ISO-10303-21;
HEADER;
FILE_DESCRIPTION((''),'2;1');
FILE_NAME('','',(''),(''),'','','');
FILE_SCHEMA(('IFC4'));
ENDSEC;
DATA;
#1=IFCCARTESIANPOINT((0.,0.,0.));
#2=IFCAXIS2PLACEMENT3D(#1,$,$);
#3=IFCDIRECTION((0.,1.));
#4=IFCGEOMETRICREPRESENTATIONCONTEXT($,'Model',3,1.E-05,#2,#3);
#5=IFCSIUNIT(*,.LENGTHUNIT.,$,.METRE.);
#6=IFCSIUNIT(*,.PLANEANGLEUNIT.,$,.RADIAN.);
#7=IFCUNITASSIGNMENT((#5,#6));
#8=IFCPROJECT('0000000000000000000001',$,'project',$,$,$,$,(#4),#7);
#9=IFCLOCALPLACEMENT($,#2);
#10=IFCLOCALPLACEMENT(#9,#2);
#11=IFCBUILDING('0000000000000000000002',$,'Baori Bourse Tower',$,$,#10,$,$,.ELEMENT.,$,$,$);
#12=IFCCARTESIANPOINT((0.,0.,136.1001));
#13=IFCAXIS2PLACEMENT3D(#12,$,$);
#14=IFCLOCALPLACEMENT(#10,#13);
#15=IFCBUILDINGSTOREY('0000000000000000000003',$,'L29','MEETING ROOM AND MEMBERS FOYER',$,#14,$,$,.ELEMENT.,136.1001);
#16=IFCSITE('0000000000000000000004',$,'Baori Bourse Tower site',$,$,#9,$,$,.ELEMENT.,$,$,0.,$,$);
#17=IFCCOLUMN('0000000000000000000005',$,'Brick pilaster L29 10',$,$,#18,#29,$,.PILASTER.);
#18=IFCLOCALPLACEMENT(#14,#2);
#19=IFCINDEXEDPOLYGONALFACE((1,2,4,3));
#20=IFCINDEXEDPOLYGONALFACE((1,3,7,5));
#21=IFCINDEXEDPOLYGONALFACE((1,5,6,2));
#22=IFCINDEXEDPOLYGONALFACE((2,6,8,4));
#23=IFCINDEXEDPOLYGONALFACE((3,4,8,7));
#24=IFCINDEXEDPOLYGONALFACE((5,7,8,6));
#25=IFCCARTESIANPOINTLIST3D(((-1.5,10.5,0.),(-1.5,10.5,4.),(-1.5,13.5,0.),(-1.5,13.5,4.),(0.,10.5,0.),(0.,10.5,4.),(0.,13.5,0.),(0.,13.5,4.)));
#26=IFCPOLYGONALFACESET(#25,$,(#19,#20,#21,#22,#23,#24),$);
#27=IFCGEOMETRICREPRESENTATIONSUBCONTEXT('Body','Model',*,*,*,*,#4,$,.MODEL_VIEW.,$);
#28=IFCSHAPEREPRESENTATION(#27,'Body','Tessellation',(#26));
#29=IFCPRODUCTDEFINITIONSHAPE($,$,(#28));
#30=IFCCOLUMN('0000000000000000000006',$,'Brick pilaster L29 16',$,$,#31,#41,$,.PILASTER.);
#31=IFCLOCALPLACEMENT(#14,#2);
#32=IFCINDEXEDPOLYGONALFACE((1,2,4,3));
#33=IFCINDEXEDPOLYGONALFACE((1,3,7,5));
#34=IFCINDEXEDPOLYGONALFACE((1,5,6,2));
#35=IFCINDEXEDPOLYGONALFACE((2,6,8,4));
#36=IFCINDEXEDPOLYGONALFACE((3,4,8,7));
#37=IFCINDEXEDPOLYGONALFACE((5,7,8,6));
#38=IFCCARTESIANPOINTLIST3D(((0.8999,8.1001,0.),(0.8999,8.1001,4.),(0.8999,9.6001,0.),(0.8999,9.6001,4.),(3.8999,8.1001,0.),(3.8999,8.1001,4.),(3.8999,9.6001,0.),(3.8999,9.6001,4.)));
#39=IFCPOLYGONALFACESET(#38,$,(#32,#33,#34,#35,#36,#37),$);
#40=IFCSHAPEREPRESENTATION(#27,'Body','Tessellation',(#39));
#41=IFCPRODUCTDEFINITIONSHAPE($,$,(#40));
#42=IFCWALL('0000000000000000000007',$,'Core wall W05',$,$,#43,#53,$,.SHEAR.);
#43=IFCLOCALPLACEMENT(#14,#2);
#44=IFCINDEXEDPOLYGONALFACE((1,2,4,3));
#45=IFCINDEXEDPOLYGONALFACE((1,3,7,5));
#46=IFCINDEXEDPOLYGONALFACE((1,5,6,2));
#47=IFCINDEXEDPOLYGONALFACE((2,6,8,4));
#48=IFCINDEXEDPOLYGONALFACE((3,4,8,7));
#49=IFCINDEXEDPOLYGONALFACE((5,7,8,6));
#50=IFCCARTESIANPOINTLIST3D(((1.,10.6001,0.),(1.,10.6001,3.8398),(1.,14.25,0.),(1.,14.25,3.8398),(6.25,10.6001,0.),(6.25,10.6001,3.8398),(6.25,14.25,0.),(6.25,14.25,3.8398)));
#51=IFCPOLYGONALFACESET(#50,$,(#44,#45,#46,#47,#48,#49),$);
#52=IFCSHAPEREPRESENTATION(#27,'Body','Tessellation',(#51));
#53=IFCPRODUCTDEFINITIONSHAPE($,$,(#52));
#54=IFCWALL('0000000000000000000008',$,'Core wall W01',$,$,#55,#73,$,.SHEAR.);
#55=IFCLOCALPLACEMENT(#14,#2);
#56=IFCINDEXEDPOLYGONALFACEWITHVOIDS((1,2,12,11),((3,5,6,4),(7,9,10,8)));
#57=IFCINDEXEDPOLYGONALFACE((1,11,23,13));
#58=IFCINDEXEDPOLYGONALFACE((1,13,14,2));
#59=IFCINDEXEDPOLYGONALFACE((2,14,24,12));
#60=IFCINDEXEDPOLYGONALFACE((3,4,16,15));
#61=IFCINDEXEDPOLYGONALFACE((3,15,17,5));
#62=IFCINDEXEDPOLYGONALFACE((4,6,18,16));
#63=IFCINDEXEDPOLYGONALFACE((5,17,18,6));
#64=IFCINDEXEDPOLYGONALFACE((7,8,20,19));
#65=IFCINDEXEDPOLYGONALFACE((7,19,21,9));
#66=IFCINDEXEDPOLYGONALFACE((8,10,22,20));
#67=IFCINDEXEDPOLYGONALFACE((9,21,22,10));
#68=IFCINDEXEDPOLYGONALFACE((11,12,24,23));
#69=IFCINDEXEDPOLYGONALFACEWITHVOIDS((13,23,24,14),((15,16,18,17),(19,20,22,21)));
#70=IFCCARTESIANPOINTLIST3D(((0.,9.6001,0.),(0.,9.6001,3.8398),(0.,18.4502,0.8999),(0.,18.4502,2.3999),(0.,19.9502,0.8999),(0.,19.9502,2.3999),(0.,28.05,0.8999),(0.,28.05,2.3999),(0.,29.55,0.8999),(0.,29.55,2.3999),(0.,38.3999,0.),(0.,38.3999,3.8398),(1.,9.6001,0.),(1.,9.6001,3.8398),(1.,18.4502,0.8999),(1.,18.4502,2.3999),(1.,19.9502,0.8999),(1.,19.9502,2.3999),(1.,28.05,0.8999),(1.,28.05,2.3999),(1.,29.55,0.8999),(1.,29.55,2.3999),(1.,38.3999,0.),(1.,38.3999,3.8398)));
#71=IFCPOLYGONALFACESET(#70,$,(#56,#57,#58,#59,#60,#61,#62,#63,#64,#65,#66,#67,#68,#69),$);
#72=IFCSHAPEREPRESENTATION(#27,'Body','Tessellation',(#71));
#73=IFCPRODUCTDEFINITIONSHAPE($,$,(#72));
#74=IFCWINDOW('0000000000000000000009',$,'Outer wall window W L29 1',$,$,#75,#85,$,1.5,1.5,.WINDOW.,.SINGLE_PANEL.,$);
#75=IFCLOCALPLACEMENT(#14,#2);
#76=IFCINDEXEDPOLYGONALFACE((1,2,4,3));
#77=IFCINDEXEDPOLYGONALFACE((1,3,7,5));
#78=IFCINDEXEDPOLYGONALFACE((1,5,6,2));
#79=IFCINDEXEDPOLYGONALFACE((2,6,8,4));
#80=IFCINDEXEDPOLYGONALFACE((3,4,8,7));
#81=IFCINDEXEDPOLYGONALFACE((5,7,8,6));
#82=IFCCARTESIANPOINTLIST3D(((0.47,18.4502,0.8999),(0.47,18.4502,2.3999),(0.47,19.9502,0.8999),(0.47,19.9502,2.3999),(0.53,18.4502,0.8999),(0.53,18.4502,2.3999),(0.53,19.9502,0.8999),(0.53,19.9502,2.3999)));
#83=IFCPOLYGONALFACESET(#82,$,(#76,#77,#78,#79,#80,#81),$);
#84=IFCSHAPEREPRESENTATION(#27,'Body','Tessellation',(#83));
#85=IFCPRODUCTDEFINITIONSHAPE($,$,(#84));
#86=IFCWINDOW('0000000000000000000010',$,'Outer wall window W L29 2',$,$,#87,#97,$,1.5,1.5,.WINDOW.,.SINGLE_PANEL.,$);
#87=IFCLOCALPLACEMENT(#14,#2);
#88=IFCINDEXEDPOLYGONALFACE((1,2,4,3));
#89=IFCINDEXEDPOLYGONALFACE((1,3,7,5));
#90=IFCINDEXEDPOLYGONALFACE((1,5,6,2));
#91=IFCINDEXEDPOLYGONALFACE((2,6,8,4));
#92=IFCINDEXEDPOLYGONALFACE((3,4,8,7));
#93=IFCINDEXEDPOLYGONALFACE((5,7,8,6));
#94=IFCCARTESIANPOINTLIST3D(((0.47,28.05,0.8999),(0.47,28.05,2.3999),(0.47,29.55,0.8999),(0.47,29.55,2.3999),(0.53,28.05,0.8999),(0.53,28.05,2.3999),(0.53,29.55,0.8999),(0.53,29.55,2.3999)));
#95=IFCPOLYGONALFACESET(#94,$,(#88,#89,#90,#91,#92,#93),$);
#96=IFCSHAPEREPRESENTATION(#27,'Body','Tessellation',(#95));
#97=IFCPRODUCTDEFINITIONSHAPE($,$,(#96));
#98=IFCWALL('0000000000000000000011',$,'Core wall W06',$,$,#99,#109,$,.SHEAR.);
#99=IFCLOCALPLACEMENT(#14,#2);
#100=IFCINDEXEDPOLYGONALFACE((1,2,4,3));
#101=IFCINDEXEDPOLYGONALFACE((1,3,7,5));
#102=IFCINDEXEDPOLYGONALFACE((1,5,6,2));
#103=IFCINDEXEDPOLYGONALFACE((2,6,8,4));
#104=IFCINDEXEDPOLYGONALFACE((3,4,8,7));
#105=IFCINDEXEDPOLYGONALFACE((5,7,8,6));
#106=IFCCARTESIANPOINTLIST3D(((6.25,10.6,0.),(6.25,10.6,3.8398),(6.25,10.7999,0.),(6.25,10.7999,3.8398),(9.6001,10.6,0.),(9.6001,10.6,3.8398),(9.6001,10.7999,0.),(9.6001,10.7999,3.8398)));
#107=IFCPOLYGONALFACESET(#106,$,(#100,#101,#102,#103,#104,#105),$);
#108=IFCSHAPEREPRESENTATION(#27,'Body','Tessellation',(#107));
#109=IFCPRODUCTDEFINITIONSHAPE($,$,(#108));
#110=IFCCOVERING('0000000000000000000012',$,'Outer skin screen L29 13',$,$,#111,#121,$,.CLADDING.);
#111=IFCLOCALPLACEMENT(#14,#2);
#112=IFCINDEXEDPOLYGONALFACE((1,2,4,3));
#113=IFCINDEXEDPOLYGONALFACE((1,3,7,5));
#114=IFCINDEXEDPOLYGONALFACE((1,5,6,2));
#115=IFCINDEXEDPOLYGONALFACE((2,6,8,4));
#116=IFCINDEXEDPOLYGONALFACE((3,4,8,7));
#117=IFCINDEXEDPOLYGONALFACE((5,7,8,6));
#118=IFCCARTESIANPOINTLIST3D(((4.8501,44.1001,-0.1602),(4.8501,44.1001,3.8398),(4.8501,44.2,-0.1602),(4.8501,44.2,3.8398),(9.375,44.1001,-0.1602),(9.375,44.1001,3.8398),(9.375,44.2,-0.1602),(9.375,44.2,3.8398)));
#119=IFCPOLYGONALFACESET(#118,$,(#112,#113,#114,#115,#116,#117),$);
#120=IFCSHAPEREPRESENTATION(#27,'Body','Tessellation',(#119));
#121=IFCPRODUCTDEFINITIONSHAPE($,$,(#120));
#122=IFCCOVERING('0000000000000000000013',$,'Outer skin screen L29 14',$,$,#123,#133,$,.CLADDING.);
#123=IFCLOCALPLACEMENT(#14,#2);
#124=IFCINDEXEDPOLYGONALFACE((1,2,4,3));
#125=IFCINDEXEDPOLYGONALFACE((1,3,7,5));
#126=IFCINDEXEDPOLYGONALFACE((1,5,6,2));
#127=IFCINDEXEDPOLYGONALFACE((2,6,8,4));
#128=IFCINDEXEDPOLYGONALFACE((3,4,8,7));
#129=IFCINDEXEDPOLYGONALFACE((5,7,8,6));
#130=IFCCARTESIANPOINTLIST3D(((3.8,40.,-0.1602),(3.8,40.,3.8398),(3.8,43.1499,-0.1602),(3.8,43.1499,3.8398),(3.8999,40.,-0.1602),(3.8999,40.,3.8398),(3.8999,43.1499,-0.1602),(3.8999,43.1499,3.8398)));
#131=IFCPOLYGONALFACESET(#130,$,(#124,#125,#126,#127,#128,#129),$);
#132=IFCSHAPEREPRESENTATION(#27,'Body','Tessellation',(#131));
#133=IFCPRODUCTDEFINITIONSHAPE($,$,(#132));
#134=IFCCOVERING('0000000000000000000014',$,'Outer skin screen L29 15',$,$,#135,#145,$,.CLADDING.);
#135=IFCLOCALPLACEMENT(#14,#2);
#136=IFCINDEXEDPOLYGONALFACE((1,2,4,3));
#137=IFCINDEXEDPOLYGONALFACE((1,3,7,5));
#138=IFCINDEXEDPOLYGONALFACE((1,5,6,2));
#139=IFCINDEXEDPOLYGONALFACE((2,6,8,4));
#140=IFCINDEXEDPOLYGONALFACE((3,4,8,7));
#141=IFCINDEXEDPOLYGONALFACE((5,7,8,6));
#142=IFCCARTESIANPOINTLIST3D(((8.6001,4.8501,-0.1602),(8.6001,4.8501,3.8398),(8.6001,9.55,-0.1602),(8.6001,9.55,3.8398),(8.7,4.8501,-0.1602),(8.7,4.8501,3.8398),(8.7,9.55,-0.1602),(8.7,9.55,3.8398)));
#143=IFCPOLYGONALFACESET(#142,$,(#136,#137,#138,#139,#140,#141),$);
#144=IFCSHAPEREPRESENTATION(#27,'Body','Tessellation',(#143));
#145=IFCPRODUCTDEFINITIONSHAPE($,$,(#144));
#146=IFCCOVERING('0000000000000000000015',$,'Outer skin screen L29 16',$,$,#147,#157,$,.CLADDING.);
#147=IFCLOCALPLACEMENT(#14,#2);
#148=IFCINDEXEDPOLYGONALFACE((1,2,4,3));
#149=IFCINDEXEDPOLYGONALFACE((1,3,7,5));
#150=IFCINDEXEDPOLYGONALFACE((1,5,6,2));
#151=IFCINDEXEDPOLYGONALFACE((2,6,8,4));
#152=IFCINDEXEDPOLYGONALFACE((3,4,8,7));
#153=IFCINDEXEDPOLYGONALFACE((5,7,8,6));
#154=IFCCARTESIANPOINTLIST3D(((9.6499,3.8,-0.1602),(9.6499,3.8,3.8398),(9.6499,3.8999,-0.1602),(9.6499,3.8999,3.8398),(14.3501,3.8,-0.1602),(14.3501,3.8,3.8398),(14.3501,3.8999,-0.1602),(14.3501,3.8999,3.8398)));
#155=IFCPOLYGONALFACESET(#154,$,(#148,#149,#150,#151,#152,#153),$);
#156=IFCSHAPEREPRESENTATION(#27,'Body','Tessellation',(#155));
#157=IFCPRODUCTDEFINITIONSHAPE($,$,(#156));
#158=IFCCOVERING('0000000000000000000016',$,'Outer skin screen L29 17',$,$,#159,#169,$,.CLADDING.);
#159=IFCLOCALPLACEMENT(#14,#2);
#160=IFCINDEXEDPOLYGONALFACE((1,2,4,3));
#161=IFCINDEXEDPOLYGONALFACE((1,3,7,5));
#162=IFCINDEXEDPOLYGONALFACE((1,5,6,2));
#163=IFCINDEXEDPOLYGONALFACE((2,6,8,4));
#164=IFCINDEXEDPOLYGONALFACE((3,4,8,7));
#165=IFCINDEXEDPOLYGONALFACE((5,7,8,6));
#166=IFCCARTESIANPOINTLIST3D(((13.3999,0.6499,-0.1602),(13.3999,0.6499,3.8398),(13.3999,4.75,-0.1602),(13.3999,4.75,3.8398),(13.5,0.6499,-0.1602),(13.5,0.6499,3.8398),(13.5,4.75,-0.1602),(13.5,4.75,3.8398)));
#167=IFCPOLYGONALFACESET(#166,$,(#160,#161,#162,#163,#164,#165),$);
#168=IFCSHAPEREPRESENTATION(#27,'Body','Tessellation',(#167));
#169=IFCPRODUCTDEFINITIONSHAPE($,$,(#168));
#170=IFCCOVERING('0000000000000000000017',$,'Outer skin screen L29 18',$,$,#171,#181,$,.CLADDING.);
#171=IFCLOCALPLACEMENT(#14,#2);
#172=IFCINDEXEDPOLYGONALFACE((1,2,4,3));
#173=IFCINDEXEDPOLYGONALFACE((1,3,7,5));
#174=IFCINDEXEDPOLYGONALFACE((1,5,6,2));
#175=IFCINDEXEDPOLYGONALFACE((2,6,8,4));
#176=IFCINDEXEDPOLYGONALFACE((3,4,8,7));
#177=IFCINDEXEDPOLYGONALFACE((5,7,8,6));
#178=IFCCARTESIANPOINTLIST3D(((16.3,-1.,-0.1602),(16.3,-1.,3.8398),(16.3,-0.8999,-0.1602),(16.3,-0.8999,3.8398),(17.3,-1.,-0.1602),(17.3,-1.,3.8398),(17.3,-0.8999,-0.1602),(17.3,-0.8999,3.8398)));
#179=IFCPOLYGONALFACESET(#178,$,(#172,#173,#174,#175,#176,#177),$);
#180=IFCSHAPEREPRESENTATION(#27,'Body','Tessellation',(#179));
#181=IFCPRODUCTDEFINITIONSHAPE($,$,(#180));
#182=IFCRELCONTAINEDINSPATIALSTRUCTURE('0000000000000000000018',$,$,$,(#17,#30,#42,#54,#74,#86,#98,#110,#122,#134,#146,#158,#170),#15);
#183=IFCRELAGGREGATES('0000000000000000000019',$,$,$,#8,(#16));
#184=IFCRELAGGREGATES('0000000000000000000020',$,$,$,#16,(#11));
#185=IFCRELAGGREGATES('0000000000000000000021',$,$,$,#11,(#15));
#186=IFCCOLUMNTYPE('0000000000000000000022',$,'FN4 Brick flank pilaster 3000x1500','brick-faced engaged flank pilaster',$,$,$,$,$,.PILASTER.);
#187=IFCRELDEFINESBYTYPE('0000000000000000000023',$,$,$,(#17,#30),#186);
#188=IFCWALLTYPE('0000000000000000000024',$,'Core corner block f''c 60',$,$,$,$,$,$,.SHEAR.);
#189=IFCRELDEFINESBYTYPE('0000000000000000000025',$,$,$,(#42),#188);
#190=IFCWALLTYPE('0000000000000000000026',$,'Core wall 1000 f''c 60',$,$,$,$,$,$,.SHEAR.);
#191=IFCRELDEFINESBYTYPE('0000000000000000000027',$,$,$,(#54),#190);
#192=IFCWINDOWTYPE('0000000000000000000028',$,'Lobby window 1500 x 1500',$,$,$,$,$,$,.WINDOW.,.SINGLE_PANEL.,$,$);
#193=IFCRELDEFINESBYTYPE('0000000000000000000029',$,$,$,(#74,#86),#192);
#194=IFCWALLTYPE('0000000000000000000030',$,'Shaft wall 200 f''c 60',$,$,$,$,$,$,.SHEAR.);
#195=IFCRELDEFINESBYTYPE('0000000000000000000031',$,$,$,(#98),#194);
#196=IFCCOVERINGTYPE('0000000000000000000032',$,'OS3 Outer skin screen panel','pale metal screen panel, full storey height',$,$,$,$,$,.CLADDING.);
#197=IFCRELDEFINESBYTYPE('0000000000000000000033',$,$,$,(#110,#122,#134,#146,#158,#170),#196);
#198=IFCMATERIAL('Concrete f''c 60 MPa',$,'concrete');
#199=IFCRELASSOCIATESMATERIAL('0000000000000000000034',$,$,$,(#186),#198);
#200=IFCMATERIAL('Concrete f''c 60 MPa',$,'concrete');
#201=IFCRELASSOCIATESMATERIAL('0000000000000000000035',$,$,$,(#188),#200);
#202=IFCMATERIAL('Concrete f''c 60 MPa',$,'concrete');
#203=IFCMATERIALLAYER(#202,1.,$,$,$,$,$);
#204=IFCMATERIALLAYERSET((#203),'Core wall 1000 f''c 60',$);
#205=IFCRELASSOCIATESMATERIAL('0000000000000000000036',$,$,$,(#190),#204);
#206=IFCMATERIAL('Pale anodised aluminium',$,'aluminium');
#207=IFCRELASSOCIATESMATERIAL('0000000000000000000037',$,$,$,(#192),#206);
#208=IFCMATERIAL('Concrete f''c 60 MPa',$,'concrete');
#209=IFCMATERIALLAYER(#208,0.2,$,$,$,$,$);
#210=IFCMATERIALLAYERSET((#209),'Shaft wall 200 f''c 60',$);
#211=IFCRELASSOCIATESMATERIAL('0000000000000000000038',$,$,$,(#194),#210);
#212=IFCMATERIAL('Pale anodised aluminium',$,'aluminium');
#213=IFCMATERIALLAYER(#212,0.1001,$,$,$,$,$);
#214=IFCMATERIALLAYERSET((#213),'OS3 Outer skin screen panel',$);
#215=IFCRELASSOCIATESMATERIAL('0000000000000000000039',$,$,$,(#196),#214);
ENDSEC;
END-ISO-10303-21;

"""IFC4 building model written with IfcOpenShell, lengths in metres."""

from ifc_helpers import new_model, si_unit, direction, frame, frame_2d, origin, origin_2d, place, context, subcontext, project, spatial, polyline, rectangle, outline, extrude, material, layer, layer_set, material_profile, profile_set, type_object, element, fill, save


model = new_model("IFC4")

# Units and contexts
model_context = context("Model", 3, precision=1e-05, world=origin(), true_north=direction((0.0, 1.0)))
body_context = subcontext(model_context, "Body", "Model", "MODEL_VIEW")
ifc_project = project(units=[si_unit("LENGTHUNIT", "METRE"), si_unit("PLANEANGLEUNIT", "RADIAN")], contexts=[model_context])

# Site, building, storey
site_placement = place(None, origin())
site = spatial("IfcSite", under=ifc_project, at=site_placement, Name="Baori Bourse Tower site", CompositionType="ELEMENT", RefElevation=0.0)
building_placement = place(site_placement, origin())
building = spatial("IfcBuilding", under=site, at=building_placement, Name="Baori Bourse Tower", CompositionType="ELEMENT")
storey_placement = place(building_placement, frame((0.0, 0.0, 136.1001)))
storey = spatial("IfcBuildingStorey", under=building, at=storey_placement, Name="L29", Description="MEETING ROOM AND MEMBERS FOYER", CompositionType="ELEMENT", Elevation=136.1001)

# Columns
ifc_material_1 = material(Name="Concrete f'c 60 MPa", Category="concrete")
ifc_material_profile = material_profile(ifc_material_1, rectangle(XDim=3.0, YDim=1.5, at=origin_2d()), Name="RC 3000x1500")
ifc_profile_set = profile_set([ifc_material_profile], Name="Concrete f'c 60 MPa")
column_type = type_object("IfcColumnType", Name="FN4 Brick flank pilaster 3000x1500", Description="brick-faced engaged flank pilaster", PredefinedType="PILASTER", material=ifc_profile_set)
for number, where, z_axis, x_axis, name in (
    (1, (-0.75, 12.0, 0.0), (0.0, 0.0, 1.0), (0.0, 1.0, 0.0), "Brick pilaster L29 10"),
    (2, (2.3999, 8.8501, 0.0), (0.0, 0.0, 1.0), (1.0, 0.0, 0.0), "Brick pilaster L29 16"),
):
    element("IfcColumn", number, at=place(storey_placement, frame(where, z_axis=z_axis, x_axis=x_axis)), inside=storey, type_object=column_type, Name=name, PredefinedType="PILASTER", context=body_context, shape_type="SweptSolid", body=[
        extrude(rectangle(XDim=3.0, YDim=1.5, at=origin_2d()), origin(), (0.0, 0.0, 1.0), 4.0),
    ])

# Wall
ifc_material_2 = material(Name="Concrete f'c 60 MPa", Category="concrete")
wall_type_1 = type_object("IfcWallType", Name="Core corner block f'c 60", PredefinedType="SHEAR", material=ifc_material_2)
wall_1_placement = place(storey_placement, frame((1.0, 12.425, 0.0), z_axis=(0.0, 0.0, 1.0), x_axis=(1.0, 0.0, 0.0)))
element("IfcWall", 3, at=wall_1_placement, inside=storey, type_object=wall_type_1, Name="Core wall W05", PredefinedType="SHEAR", context=body_context, shape_type="SweptSolid", body=[
    extrude(rectangle(XDim=5.25, YDim=3.6499, at=frame_2d((2.625, 0.0))), origin(), (0.0, 0.0, 1.0), 3.8398),
])

# Wall, openings, windows
ifc_material_3 = material(Name="Concrete f'c 60 MPa", Category="concrete")
ifc_layer_1 = layer(ifc_material_3, 1.0)
ifc_layer_set_1 = layer_set([ifc_layer_1], Name="Core wall 1000 f'c 60")
wall_type_2 = type_object("IfcWallType", Name="Core wall 1000 f'c 60", PredefinedType="SHEAR", material=ifc_layer_set_1)
wall_2_placement = place(storey_placement, frame((0.5, 9.6001, 0.0), z_axis=(0.0, 0.0, 1.0), x_axis=(0.0, 1.0, 0.0)))
wall_2 = element("IfcWall", 4, at=wall_2_placement, inside=storey, type_object=wall_type_2, Name="Core wall W01", PredefinedType="SHEAR", context=body_context, shape_type="SweptSolid", body=[
    extrude(rectangle(XDim=28.7998, YDim=1.0, at=frame_2d((14.3999, 0.0))), origin(), (0.0, 0.0, 1.0), 3.8398),
])
opening_1_placement = place(wall_2_placement, frame((8.8501, 0.0, 0.8999)))
opening_1 = element("IfcOpeningElement", 5, at=opening_1_placement, cuts=wall_2, PredefinedType="OPENING", context=body_context, shape_type="SweptSolid", body=[
    extrude(rectangle(XDim=1.5, YDim=1.5, at=frame_2d((0.75, 0.75))), frame((0.0, 0.51, 0.0), z_axis=(0.0, -1.0, 0.0), x_axis=(1.0, 0.0, 0.0)), (0.0, 0.0, 1.0), 1.02),
])
opening_2_placement = place(wall_2_placement, frame((18.45, 0.0, 0.8999)))
opening_2 = element("IfcOpeningElement", 6, at=opening_2_placement, cuts=wall_2, PredefinedType="OPENING", context=body_context, shape_type="SweptSolid", body=[
    extrude(rectangle(XDim=1.5, YDim=1.5, at=frame_2d((0.75, 0.75))), frame((0.0, 0.51, 0.0), z_axis=(0.0, -1.0, 0.0), x_axis=(1.0, 0.0, 0.0)), (0.0, 0.0, 1.0), 1.02),
])
ifc_material_4 = material(Name="Pale anodised aluminium", Category="aluminium")
window_type = type_object("IfcWindowType", Name="Lobby window 1500 x 1500", PartitioningType="SINGLE_PANEL", PredefinedType="WINDOW", material=ifc_material_4)
window_1_placement = place(opening_1_placement, origin())
window_1 = element("IfcWindow", 7, at=window_1_placement, inside=storey, type_object=window_type, Name="Outer wall window W L29 1", OverallHeight=1.5, OverallWidth=1.5, PartitioningType="SINGLE_PANEL", PredefinedType="WINDOW", context=body_context, shape_type="SweptSolid", body=[
    extrude(rectangle(XDim=1.5, YDim=1.5, at=frame_2d((0.75, 0.75))), frame((0.0, 0.03, 0.0), z_axis=(0.0, -1.0, 0.0), x_axis=(1.0, 0.0, 0.0)), (0.0, 0.0, 1.0), 0.0601),
])
fill(opening_1, window_1)
window_2_placement = place(opening_2_placement, origin())
window_2 = element("IfcWindow", 8, at=window_2_placement, inside=storey, type_object=window_type, Name="Outer wall window W L29 2", OverallHeight=1.5, OverallWidth=1.5, PartitioningType="SINGLE_PANEL", PredefinedType="WINDOW", context=body_context, shape_type="SweptSolid", body=[
    extrude(rectangle(XDim=1.5, YDim=1.5, at=frame_2d((0.75, 0.75))), frame((0.0, 0.03, 0.0), z_axis=(0.0, -1.0, 0.0), x_axis=(1.0, 0.0, 0.0)), (0.0, 0.0, 1.0), 0.0601),
])
fill(opening_2, window_2)

# Wall
ifc_material_5 = material(Name="Concrete f'c 60 MPa", Category="concrete")
ifc_layer_2 = layer(ifc_material_5, 0.2)
ifc_layer_set_2 = layer_set([ifc_layer_2], Name="Shaft wall 200 f'c 60")
wall_type_3 = type_object("IfcWallType", Name="Shaft wall 200 f'c 60", PredefinedType="SHEAR", material=ifc_layer_set_2)
wall_3_placement = place(storey_placement, frame((6.25, 10.7, 0.0), z_axis=(0.0, 0.0, 1.0), x_axis=(1.0, 0.0, 0.0)))
element("IfcWall", 9, at=wall_3_placement, inside=storey, type_object=wall_type_3, Name="Core wall W06", PredefinedType="SHEAR", context=body_context, shape_type="SweptSolid", body=[
    extrude(rectangle(XDim=3.3501, YDim=0.2, at=frame_2d((1.675, 0.0))), origin(), (0.0, 0.0, 1.0), 3.8398),
])

# Coverings
ifc_material_6 = material(Name="Pale anodised aluminium", Category="aluminium")
ifc_layer_3 = layer(ifc_material_6, 0.1001)
ifc_layer_set_3 = layer_set([ifc_layer_3], Name="OS3 Outer skin screen panel")
covering_type = type_object("IfcCoveringType", Name="OS3 Outer skin screen panel", Description="pale metal screen panel, full storey height", PredefinedType="CLADDING", material=ifc_layer_set_3)
covering_1_placement = place(storey_placement, frame((0.0, 0.0, -0.1602)))
element("IfcCovering", 10, at=covering_1_placement, inside=storey, type_object=covering_type, Name="Outer skin screen L29 13", PredefinedType="CLADDING", context=body_context, shape_type="SweptSolid", body=[
    extrude(outline(polyline([(4.8501, 44.1001), (9.375, 44.1001), (9.375, 44.2), (4.8501, 44.2), (4.8501, 44.1001)])), origin(), (0.0, 0.0, 1.0), 4.0),
])
covering_2_placement = place(storey_placement, frame((0.0, 0.0, -0.1602)))
element("IfcCovering", 11, at=covering_2_placement, inside=storey, type_object=covering_type, Name="Outer skin screen L29 14", PredefinedType="CLADDING", context=body_context, shape_type="SweptSolid", body=[
    extrude(outline(polyline([(3.8999, 40.0), (3.8999, 43.1499), (3.8, 43.1499), (3.8, 40.0), (3.8999, 40.0), (3.8999, 40.0)])), origin(), (0.0, 0.0, 1.0), 4.0),
])
covering_3_placement = place(storey_placement, frame((0.0, 0.0, -0.1602)))
element("IfcCovering", 12, at=covering_3_placement, inside=storey, type_object=covering_type, Name="Outer skin screen L29 15", PredefinedType="CLADDING", context=body_context, shape_type="SweptSolid", body=[
    extrude(outline(polyline([(8.7, 4.8501), (8.7, 9.55), (8.6001, 9.55), (8.6001, 4.8501), (8.7, 4.8501)])), origin(), (0.0, 0.0, 1.0), 4.0),
])
covering_4_placement = place(storey_placement, frame((0.0, 0.0, -0.1602)))
element("IfcCovering", 13, at=covering_4_placement, inside=storey, type_object=covering_type, Name="Outer skin screen L29 16", PredefinedType="CLADDING", context=body_context, shape_type="SweptSolid", body=[
    extrude(outline(polyline([(14.3501, 3.8999), (9.6499, 3.8999), (9.6499, 3.8), (14.3501, 3.8), (14.3501, 3.8999)])), origin(), (0.0, 0.0, 1.0), 4.0),
])
covering_5_placement = place(storey_placement, frame((0.0, 0.0, -0.1602)))
element("IfcCovering", 14, at=covering_5_placement, inside=storey, type_object=covering_type, Name="Outer skin screen L29 17", PredefinedType="CLADDING", context=body_context, shape_type="SweptSolid", body=[
    extrude(outline(polyline([(13.5, 0.6499), (13.5, 4.75), (13.3999, 4.75), (13.3999, 0.6499), (13.5, 0.6499)])), origin(), (0.0, 0.0, 1.0), 4.0),
])
covering_6_placement = place(storey_placement, frame((0.0, 0.0, -0.1602)))
element("IfcCovering", 15, at=covering_6_placement, inside=storey, type_object=covering_type, Name="Outer skin screen L29 18", PredefinedType="CLADDING", context=body_context, shape_type="SweptSolid", body=[
    extrude(outline(polyline([(17.3, -0.8999), (16.3, -0.8999), (16.3, -1.0), (17.3, -1.0), (17.3, -0.8999)])), origin(), (0.0, 0.0, 1.0), 4.0),
])

save(model, "model.ifc")
